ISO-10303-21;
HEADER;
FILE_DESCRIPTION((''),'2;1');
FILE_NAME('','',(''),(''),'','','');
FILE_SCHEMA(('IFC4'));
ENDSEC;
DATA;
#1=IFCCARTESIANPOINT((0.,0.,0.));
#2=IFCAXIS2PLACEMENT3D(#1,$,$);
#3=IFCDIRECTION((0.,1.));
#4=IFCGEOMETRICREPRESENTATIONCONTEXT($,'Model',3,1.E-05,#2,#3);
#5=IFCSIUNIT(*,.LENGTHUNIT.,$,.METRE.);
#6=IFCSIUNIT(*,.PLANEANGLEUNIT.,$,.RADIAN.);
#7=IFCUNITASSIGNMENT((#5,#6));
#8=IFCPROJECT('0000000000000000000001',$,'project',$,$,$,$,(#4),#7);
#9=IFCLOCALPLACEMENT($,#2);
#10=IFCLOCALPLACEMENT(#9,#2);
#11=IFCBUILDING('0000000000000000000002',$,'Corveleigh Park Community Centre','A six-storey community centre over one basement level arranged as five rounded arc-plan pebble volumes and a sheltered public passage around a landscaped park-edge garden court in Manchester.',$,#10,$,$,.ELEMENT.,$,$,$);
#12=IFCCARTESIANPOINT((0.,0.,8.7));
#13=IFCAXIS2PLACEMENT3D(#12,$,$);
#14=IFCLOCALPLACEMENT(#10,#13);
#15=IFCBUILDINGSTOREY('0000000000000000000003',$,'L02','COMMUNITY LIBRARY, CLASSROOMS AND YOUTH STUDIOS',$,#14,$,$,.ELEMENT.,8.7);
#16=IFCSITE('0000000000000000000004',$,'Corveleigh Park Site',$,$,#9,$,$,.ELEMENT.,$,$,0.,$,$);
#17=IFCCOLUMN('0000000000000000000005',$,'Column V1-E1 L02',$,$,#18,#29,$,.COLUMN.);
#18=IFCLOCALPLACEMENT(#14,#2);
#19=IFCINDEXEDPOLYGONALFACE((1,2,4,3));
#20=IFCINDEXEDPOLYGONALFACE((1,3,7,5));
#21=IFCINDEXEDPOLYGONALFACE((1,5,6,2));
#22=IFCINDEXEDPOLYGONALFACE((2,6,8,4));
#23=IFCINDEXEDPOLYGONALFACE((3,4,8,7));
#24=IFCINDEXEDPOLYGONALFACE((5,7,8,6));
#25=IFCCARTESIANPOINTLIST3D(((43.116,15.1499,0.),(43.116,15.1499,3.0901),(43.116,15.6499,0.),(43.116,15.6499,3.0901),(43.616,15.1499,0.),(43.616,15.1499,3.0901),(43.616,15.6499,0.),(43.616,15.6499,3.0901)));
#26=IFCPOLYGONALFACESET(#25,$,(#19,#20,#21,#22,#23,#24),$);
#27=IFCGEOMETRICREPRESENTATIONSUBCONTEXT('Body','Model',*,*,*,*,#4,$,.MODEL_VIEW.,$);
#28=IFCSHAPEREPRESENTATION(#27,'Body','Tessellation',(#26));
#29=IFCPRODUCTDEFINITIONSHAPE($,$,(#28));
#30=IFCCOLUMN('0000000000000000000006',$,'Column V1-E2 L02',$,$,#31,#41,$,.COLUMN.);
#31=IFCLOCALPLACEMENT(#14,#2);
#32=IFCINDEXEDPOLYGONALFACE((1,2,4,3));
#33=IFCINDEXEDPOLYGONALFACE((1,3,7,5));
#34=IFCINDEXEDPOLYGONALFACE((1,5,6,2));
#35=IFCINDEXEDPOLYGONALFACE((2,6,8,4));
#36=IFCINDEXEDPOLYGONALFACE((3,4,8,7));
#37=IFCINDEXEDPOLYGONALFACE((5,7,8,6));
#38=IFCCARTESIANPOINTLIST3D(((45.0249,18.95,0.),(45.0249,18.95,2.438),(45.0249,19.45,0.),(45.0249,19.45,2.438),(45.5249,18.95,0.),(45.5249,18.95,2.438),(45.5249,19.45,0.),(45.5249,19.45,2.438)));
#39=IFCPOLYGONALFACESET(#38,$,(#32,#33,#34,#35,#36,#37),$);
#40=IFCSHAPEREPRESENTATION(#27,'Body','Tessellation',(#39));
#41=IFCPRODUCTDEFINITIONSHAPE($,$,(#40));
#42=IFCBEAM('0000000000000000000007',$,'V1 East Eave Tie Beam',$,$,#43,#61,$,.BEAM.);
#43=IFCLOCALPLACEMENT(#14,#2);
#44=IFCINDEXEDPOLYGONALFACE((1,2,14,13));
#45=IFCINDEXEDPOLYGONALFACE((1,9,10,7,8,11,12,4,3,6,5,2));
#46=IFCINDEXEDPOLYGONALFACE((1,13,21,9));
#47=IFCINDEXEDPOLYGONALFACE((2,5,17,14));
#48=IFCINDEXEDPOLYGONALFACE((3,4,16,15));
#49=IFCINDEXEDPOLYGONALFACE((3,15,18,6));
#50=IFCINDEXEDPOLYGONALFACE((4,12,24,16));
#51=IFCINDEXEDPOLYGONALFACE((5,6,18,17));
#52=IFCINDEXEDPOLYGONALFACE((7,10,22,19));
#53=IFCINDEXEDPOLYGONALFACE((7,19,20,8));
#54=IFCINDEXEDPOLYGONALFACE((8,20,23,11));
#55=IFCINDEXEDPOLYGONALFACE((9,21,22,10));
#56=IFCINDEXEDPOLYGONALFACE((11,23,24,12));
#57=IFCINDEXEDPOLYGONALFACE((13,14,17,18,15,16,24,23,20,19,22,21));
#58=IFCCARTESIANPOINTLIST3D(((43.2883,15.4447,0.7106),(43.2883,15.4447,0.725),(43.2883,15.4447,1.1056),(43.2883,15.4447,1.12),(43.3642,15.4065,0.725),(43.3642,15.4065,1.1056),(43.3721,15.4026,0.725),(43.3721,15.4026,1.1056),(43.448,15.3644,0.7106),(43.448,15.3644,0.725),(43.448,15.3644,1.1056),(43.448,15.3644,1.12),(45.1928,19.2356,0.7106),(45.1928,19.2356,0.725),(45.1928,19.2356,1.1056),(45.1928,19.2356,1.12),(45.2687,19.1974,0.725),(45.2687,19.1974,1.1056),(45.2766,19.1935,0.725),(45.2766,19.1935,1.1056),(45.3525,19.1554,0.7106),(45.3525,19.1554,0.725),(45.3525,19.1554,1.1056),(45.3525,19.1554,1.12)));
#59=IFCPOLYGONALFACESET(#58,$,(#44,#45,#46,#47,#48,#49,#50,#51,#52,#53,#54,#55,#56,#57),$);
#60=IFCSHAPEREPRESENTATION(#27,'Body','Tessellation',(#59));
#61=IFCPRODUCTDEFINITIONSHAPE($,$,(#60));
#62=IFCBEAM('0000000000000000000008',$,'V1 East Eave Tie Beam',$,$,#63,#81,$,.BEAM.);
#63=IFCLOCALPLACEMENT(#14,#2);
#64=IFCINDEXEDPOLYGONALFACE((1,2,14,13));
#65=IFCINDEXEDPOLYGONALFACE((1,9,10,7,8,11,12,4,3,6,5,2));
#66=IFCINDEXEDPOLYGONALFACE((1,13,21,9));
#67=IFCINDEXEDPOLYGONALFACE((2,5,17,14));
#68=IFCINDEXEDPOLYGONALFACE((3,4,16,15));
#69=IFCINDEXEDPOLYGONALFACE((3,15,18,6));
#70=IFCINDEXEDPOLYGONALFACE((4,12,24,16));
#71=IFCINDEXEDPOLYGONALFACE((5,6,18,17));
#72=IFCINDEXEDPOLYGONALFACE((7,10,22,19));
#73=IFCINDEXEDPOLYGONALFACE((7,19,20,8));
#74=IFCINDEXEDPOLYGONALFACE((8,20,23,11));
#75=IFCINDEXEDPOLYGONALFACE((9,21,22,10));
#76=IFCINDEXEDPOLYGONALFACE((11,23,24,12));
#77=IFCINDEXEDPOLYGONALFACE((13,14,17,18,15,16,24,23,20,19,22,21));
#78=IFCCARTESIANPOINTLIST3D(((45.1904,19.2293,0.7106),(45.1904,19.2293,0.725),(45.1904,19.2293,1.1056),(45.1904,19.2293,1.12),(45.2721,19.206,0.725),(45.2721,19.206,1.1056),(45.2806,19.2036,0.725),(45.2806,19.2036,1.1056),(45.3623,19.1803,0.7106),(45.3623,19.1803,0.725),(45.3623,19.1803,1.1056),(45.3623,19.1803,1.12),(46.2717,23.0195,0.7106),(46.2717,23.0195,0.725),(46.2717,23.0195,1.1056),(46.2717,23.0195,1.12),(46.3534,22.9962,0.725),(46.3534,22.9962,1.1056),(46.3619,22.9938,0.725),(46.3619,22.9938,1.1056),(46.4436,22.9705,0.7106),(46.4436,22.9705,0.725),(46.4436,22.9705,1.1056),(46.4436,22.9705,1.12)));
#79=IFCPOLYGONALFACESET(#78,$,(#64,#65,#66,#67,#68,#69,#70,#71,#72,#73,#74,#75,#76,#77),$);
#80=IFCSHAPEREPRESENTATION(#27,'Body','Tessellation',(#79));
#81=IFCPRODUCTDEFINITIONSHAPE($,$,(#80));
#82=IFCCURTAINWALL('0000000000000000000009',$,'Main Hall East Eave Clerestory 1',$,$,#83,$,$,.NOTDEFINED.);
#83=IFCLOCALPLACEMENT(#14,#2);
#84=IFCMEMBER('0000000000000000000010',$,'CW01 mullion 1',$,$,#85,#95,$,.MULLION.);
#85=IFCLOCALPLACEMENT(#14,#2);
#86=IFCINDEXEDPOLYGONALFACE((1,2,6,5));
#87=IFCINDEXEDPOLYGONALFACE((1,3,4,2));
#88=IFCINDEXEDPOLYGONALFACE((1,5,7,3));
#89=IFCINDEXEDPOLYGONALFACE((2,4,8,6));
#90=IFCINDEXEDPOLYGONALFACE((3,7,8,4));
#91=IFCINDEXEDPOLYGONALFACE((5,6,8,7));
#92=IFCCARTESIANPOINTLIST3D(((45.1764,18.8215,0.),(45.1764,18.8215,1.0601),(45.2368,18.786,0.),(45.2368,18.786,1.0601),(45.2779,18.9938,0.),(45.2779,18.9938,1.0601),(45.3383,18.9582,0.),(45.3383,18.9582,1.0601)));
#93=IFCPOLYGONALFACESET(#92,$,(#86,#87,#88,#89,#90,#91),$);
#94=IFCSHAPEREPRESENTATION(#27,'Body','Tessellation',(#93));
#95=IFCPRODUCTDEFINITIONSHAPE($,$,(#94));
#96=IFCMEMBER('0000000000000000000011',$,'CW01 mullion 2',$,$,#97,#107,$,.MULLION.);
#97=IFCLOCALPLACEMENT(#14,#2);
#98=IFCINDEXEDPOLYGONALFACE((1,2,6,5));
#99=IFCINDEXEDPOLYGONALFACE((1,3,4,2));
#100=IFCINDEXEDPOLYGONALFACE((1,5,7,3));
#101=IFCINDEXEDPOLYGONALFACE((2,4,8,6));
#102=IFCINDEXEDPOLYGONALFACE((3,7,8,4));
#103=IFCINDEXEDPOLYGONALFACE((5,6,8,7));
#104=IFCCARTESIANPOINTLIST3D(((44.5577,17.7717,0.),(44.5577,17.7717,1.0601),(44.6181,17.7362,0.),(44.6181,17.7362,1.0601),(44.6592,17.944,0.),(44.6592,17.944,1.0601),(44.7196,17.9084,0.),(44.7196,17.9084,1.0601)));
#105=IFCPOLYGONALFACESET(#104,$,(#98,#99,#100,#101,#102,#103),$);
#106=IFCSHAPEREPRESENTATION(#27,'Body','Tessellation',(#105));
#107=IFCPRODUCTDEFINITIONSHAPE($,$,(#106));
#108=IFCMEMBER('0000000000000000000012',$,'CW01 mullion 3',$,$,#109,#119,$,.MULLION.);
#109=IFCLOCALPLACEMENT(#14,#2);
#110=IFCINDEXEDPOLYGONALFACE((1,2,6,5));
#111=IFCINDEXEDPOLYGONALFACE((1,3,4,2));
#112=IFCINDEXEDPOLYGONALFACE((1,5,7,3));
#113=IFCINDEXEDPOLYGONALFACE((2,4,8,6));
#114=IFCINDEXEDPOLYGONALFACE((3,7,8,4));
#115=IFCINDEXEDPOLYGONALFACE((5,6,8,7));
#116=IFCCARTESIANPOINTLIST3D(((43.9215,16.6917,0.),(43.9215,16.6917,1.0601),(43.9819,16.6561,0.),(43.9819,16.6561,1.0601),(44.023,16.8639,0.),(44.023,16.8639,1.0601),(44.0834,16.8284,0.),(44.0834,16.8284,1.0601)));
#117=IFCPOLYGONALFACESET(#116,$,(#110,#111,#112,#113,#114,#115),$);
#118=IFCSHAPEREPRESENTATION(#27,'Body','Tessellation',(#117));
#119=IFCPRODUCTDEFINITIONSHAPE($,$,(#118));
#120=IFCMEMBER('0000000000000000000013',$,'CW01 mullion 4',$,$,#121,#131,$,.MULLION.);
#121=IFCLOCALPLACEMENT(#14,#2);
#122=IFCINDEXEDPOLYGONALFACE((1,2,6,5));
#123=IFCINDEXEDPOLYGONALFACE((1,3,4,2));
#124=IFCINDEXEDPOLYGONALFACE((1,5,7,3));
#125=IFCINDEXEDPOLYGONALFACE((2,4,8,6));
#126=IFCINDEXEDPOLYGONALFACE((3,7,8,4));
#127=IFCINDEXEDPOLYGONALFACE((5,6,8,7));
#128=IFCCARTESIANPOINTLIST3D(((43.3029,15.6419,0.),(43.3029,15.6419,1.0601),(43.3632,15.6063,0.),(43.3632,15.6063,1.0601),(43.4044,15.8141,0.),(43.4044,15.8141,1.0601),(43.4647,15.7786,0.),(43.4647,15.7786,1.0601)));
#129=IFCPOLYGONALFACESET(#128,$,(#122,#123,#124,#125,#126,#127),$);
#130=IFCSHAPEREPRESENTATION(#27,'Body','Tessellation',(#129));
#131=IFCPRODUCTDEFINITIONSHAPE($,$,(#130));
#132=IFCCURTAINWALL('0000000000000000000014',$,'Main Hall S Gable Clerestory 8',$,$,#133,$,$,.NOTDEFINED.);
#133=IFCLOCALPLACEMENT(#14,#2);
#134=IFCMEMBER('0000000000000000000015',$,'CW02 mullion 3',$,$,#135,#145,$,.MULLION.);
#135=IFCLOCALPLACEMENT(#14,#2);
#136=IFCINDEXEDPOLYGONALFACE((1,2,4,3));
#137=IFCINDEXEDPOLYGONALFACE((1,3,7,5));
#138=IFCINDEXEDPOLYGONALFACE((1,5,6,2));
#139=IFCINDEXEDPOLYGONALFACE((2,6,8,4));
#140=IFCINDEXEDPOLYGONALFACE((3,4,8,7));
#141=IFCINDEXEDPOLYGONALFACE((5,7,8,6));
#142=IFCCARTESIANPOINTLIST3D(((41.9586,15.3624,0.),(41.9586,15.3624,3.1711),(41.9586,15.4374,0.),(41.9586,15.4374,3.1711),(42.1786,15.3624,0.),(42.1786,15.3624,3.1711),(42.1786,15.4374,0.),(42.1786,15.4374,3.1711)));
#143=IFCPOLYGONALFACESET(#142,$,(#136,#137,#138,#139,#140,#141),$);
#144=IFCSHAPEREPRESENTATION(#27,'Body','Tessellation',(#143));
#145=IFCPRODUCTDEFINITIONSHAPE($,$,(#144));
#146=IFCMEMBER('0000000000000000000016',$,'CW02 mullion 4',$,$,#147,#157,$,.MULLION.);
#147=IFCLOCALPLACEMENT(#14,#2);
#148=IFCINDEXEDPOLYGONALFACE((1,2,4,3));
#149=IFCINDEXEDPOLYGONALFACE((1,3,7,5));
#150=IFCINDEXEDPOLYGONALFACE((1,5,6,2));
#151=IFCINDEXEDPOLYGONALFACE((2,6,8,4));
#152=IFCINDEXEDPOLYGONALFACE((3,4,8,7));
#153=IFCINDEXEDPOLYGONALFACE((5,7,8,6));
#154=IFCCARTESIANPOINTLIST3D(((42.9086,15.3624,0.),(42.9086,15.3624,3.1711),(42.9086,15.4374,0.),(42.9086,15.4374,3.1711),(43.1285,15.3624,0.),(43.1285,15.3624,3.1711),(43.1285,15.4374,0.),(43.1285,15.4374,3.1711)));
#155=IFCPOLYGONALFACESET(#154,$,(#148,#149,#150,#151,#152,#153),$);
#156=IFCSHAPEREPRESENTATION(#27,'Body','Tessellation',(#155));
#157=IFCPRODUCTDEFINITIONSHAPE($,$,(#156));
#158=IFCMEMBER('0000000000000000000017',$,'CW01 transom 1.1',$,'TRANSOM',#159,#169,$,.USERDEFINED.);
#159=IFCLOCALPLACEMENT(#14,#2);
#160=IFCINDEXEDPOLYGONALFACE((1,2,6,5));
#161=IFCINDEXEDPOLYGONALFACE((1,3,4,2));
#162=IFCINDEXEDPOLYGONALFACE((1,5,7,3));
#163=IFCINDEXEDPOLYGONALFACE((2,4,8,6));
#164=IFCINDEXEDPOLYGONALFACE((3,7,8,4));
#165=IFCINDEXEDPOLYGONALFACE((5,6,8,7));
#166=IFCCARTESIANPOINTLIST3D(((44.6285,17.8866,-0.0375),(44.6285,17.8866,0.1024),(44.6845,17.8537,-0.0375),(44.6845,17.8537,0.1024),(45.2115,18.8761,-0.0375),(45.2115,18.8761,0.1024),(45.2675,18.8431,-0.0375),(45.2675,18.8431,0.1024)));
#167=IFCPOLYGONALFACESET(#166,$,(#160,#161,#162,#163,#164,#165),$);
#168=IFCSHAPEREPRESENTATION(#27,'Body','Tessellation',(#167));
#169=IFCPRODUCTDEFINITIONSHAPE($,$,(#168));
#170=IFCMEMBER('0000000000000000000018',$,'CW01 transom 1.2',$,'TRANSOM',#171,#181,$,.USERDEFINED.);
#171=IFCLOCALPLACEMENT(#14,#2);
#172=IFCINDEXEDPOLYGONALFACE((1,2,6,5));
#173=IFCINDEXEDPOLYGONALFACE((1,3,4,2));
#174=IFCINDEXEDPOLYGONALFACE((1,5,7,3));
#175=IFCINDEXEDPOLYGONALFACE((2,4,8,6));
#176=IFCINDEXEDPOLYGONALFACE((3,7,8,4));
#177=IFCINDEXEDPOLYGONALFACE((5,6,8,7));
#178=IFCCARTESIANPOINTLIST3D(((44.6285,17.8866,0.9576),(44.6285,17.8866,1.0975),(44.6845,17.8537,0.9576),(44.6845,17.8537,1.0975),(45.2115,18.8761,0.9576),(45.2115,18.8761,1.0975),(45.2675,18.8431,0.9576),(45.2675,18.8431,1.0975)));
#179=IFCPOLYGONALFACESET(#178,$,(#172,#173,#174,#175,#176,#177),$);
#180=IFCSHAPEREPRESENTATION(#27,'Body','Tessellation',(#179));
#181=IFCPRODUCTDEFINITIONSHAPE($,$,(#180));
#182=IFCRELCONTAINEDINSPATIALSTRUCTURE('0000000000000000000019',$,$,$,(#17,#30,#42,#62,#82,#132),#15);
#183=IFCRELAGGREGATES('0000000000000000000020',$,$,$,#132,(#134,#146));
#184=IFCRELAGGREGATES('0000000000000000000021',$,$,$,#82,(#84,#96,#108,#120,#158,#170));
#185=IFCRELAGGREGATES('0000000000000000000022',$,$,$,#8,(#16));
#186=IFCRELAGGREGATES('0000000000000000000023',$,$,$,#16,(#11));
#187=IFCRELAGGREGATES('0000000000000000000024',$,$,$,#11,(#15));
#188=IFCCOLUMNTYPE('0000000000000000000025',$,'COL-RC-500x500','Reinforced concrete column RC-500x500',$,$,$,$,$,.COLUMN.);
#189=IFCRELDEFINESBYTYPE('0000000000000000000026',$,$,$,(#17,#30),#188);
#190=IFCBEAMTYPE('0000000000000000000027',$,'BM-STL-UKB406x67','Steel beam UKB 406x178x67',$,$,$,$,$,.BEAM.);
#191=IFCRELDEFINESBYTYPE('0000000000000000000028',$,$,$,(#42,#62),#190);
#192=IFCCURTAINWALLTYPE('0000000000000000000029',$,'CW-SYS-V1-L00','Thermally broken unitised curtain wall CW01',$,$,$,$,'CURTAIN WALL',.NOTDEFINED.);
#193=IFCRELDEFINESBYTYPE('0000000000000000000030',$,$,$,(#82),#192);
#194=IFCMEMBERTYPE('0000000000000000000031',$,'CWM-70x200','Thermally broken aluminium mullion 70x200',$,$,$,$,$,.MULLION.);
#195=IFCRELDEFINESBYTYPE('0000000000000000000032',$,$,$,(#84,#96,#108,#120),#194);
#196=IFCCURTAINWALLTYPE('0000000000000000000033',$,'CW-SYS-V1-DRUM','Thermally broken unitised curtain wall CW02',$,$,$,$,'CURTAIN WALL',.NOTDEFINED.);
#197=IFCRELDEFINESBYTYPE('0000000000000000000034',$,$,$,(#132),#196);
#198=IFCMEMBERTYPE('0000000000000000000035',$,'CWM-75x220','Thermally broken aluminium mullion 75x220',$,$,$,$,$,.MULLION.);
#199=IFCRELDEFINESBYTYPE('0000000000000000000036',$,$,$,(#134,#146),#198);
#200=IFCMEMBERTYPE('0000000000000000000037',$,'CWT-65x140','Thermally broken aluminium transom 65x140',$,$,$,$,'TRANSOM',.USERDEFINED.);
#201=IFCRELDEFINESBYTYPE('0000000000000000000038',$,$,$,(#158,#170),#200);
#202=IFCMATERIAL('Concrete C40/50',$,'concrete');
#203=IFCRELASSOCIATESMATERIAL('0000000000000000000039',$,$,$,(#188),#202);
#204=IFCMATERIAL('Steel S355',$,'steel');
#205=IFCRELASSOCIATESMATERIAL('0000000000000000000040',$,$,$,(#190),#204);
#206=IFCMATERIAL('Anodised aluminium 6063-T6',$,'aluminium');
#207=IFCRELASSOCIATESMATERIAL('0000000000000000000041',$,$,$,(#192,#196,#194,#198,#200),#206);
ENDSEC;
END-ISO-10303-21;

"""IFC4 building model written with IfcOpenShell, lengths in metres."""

from ifc_helpers import new_model, si_unit, direction, frame, origin, origin_2d, place, context, subcontext, project, spatial, rectangle, i_section, extrude, material, material_profile, profile_set, type_object, element, aggregate, save


model = new_model("IFC4")

# Units and contexts
model_context = context("Model", 3, precision=1e-05, world=origin(), true_north=direction((0.0, 1.0)))
body_context = subcontext(model_context, "Body", "Model", "MODEL_VIEW")
ifc_project = project(units=[si_unit("LENGTHUNIT", "METRE"), si_unit("PLANEANGLEUNIT", "RADIAN")], contexts=[model_context])

# Site, building, storey
site_placement = place(None, origin())
site = spatial("IfcSite", under=ifc_project, at=site_placement, Name="Corveleigh Park Site", CompositionType="ELEMENT", RefElevation=0.0)
building_placement = place(site_placement, origin())
building = spatial("IfcBuilding", under=site, at=building_placement, Name="Corveleigh Park Community Centre", Description="A six-storey community centre over one basement level arranged as five rounded arc-plan pebble volumes and a sheltered public passage around a landscaped park-edge garden court in Manchester.", CompositionType="ELEMENT")
storey_placement = place(building_placement, frame((0.0, 0.0, 8.7)))
storey = spatial("IfcBuildingStorey", under=building, at=storey_placement, Name="L02", Description="COMMUNITY LIBRARY, CLASSROOMS AND YOUTH STUDIOS", CompositionType="ELEMENT", Elevation=8.7)

# Columns
ifc_material_1 = material(Name="Concrete C40/50", Category="concrete")
ifc_material_profile_1 = material_profile(ifc_material_1, rectangle(XDim=0.5, YDim=0.5, at=origin_2d()), Name="RC-500x500", Category="concrete")
ifc_profile_set_1 = profile_set([ifc_material_profile_1], Name="Concrete C40/50")
column_type = type_object("IfcColumnType", Name="COL-RC-500x500", Description="Reinforced concrete column RC-500x500", PredefinedType="COLUMN", material=ifc_profile_set_1)
column_1_placement = place(storey_placement, frame((43.366, 15.3999, 0.0), z_axis=(0.0, 0.0, 1.0), x_axis=(1.0, 0.0, 0.0)))
element("IfcColumn", 1, at=column_1_placement, inside=storey, type_object=column_type, Name="Column V1-E1 L02", PredefinedType="COLUMN", context=body_context, shape_type="SweptSolid", body=[
    extrude(rectangle(XDim=0.5, YDim=0.5, at=origin_2d()), origin(), (0.0, 0.0, 1.0), 3.0901),
])
column_2_placement = place(storey_placement, frame((45.2749, 19.2, 0.0), z_axis=(0.0, 0.0, 1.0), x_axis=(1.0, 0.0, 0.0)))
element("IfcColumn", 2, at=column_2_placement, inside=storey, type_object=column_type, Name="Column V1-E2 L02", PredefinedType="COLUMN", context=body_context, shape_type="SweptSolid", body=[
    extrude(rectangle(XDim=0.5, YDim=0.5, at=origin_2d()), origin(), (0.0, 0.0, 1.0), 2.438),
])

# Beams
ifc_material_2 = material(Name="Steel S355", Category="steel")
ifc_material_profile_2 = material_profile(ifc_material_2, i_section(OverallWidth=0.1787, OverallDepth=0.4094, WebThickness=0.0088, FlangeThickness=0.0144, at=origin_2d()), Name="UKB 406x178x67", Category="steel")
ifc_profile_set_2 = profile_set([ifc_material_profile_2], Name="Steel S355")
beam_type = type_object("IfcBeamType", Name="BM-STL-UKB406x67", Description="Steel beam UKB 406x178x67", PredefinedType="BEAM", material=ifc_profile_set_2)
beam_1_placement = place(storey_placement, frame((43.3682, 15.4045, 0.9153), z_axis=(0.448916, 0.893574, 0.0), x_axis=(-0.893574, 0.448916, 0.0)))
element("IfcBeam", 3, at=beam_1_placement, inside=storey, type_object=beam_type, Name="V1 East Eave Tie Beam", PredefinedType="BEAM", context=body_context, shape_type="SweptSolid", body=[
    extrude(i_section(OverallWidth=0.1787, OverallDepth=0.4094, WebThickness=0.0088, FlangeThickness=0.0144, at=origin_2d()), origin(), (0.0, 0.0, 1.0), 4.2424),
])
beam_2_placement = place(storey_placement, frame((45.2764, 19.2048, 0.9153), z_axis=(0.274337, 0.961634, 0.0), x_axis=(-0.961634, 0.274337, 0.0)))
element("IfcBeam", 4, at=beam_2_placement, inside=storey, type_object=beam_type, Name="V1 East Eave Tie Beam", PredefinedType="BEAM", context=body_context, shape_type="SweptSolid", body=[
    extrude(i_section(OverallWidth=0.1787, OverallDepth=0.4094, WebThickness=0.0088, FlangeThickness=0.0144, at=origin_2d()), origin(), (0.0, 0.0, 1.0), 3.9414),
])

# Curtain walls, members
ifc_material_3 = material(Name="Anodised aluminium 6063-T6", Category="aluminium")
curtain_wall_type_1 = type_object("IfcCurtainWallType", Name="CW-SYS-V1-L00", Description="Thermally broken unitised curtain wall CW01", ElementType="CURTAIN WALL", PredefinedType="NOTDEFINED", material=ifc_material_3)
curtain_wall_1_placement = place(storey_placement, origin())
curtain_wall_1 = element("IfcCurtainWall", 5, at=curtain_wall_1_placement, inside=storey, type_object=curtain_wall_type_1, Name="Main Hall East Eave Clerestory 1", PredefinedType="NOTDEFINED")
ifc_material_profile_3 = material_profile(ifc_material_3, rectangle(XDim=0.0701, YDim=0.2, at=origin_2d()), Name="ALU-M70x200", Category="aluminium")
ifc_profile_set_3 = profile_set([ifc_material_profile_3], Name="Anodised aluminium 6063-T6")
member_type_1 = type_object("IfcMemberType", Name="CWM-70x200", Description="Thermally broken aluminium mullion 70x200", PredefinedType="MULLION", material=ifc_profile_set_3)
member_1_placement = place(storey_placement, frame((45.2573, 18.8899, 0.0), z_axis=(0.0, 0.0, 1.0), x_axis=(0.861572, -0.507636, 0.0)))
member_1 = element("IfcMember", 6, at=member_1_placement, type_object=member_type_1, Name="CW01 mullion 1", PredefinedType="MULLION", context=body_context, shape_type="SweptSolid", body=[
    extrude(rectangle(XDim=0.0701, YDim=0.2, at=origin_2d()), origin(), (0.0, 0.0, 1.0), 1.0601),
])
member_2_placement = place(storey_placement, frame((44.6387, 17.8401, 0.0), z_axis=(0.0, 0.0, 1.0), x_axis=(0.861572, -0.507636, 0.0)))
member_2 = element("IfcMember", 7, at=member_2_placement, type_object=member_type_1, Name="CW01 mullion 2", PredefinedType="MULLION", context=body_context, shape_type="SweptSolid", body=[
    extrude(rectangle(XDim=0.0701, YDim=0.2, at=origin_2d()), origin(), (0.0, 0.0, 1.0), 1.0601),
])
member_3_placement = place(storey_placement, frame((44.0024, 16.76, 0.0), z_axis=(0.0, 0.0, 1.0), x_axis=(0.861572, -0.507636, 0.0)))
member_3 = element("IfcMember", 8, at=member_3_placement, type_object=member_type_1, Name="CW01 mullion 3", PredefinedType="MULLION", context=body_context, shape_type="SweptSolid", body=[
    extrude(rectangle(XDim=0.0701, YDim=0.2, at=origin_2d()), origin(), (0.0, 0.0, 1.0), 1.0601),
])
member_4_placement = place(storey_placement, frame((43.3838, 15.7102, 0.0), z_axis=(0.0, 0.0, 1.0), x_axis=(0.861572, -0.507636, 0.0)))
member_4 = element("IfcMember", 9, at=member_4_placement, type_object=member_type_1, Name="CW01 mullion 4", PredefinedType="MULLION", context=body_context, shape_type="SweptSolid", body=[
    extrude(rectangle(XDim=0.0701, YDim=0.2, at=origin_2d()), origin(), (0.0, 0.0, 1.0), 1.0601),
])
curtain_wall_type_2 = type_object("IfcCurtainWallType", Name="CW-SYS-V1-DRUM", Description="Thermally broken unitised curtain wall CW02", ElementType="CURTAIN WALL", PredefinedType="NOTDEFINED", material=ifc_material_3)
curtain_wall_2_placement = place(storey_placement, origin())
curtain_wall_2 = element("IfcCurtainWall", 10, at=curtain_wall_2_placement, inside=storey, type_object=curtain_wall_type_2, Name="Main Hall S Gable Clerestory 8", PredefinedType="NOTDEFINED")
ifc_material_profile_4 = material_profile(ifc_material_3, rectangle(XDim=0.075, YDim=0.22, at=origin_2d()), Name="ALU-M75x220", Category="aluminium")
ifc_profile_set_4 = profile_set([ifc_material_profile_4], Name="Anodised aluminium 6063-T6")
member_type_2 = type_object("IfcMemberType", Name="CWM-75x220", Description="Thermally broken aluminium mullion 75x220", PredefinedType="MULLION", material=ifc_profile_set_4)
member_5_placement = place(storey_placement, frame((42.0686, 15.3999, 0.0), z_axis=(0.0, 0.0, 1.0), x_axis=(0.0, 1.0, 0.0)))
member_5 = element("IfcMember", 11, at=member_5_placement, type_object=member_type_2, Name="CW02 mullion 3", PredefinedType="MULLION", context=body_context, shape_type="SweptSolid", body=[
    extrude(rectangle(XDim=0.075, YDim=0.22, at=origin_2d()), origin(), (0.0, 0.0, 1.0), 3.1711),
])
member_6_placement = place(storey_placement, frame((43.0186, 15.3999, 0.0), z_axis=(0.0, 0.0, 1.0), x_axis=(0.0, 1.0, 0.0)))
member_6 = element("IfcMember", 12, at=member_6_placement, type_object=member_type_2, Name="CW02 mullion 4", PredefinedType="MULLION", context=body_context, shape_type="SweptSolid", body=[
    extrude(rectangle(XDim=0.075, YDim=0.22, at=origin_2d()), origin(), (0.0, 0.0, 1.0), 3.1711),
])

# Members
ifc_material_profile_5 = material_profile(ifc_material_3, rectangle(XDim=0.0649, YDim=0.1399, at=origin_2d()), Name="ALU-T65x140", Category="aluminium")
ifc_profile_set_5 = profile_set([ifc_material_profile_5], Name="Anodised aluminium 6063-T6")
member_type_3 = type_object("IfcMemberType", Name="CWT-65x140", Description="Thermally broken aluminium transom 65x140", ElementType="TRANSOM", PredefinedType="USERDEFINED", material=ifc_profile_set_5)
member_7_placement = place(storey_placement, frame((45.2395, 18.8596, 0.0325), z_axis=(-0.507633, -0.861573, 0.0), x_axis=(0.861573, -0.507633, 0.0)))
member_7 = element("IfcMember", 13, at=member_7_placement, type_object=member_type_3, Name="CW01 transom 1.1", ObjectType="TRANSOM", PredefinedType="USERDEFINED", context=body_context, shape_type="SweptSolid", body=[
    extrude(rectangle(XDim=0.0649, YDim=0.1399, at=origin_2d()), origin(), (0.0, 0.0, 1.0), 1.1484),
])
member_8_placement = place(storey_placement, frame((45.2395, 18.8596, 1.0276), z_axis=(-0.507633, -0.861573, 0.0), x_axis=(0.861573, -0.507633, 0.0)))
member_8 = element("IfcMember", 14, at=member_8_placement, type_object=member_type_3, Name="CW01 transom 1.2", ObjectType="TRANSOM", PredefinedType="USERDEFINED", context=body_context, shape_type="SweptSolid", body=[
    extrude(rectangle(XDim=0.0649, YDim=0.1399, at=origin_2d()), origin(), (0.0, 0.0, 1.0), 1.1484),
])

aggregate(curtain_wall_2, [member_5, member_6])
aggregate(curtain_wall_1, [member_1, member_2, member_3, member_4, member_7, member_8])

save(model, "model.ifc")
